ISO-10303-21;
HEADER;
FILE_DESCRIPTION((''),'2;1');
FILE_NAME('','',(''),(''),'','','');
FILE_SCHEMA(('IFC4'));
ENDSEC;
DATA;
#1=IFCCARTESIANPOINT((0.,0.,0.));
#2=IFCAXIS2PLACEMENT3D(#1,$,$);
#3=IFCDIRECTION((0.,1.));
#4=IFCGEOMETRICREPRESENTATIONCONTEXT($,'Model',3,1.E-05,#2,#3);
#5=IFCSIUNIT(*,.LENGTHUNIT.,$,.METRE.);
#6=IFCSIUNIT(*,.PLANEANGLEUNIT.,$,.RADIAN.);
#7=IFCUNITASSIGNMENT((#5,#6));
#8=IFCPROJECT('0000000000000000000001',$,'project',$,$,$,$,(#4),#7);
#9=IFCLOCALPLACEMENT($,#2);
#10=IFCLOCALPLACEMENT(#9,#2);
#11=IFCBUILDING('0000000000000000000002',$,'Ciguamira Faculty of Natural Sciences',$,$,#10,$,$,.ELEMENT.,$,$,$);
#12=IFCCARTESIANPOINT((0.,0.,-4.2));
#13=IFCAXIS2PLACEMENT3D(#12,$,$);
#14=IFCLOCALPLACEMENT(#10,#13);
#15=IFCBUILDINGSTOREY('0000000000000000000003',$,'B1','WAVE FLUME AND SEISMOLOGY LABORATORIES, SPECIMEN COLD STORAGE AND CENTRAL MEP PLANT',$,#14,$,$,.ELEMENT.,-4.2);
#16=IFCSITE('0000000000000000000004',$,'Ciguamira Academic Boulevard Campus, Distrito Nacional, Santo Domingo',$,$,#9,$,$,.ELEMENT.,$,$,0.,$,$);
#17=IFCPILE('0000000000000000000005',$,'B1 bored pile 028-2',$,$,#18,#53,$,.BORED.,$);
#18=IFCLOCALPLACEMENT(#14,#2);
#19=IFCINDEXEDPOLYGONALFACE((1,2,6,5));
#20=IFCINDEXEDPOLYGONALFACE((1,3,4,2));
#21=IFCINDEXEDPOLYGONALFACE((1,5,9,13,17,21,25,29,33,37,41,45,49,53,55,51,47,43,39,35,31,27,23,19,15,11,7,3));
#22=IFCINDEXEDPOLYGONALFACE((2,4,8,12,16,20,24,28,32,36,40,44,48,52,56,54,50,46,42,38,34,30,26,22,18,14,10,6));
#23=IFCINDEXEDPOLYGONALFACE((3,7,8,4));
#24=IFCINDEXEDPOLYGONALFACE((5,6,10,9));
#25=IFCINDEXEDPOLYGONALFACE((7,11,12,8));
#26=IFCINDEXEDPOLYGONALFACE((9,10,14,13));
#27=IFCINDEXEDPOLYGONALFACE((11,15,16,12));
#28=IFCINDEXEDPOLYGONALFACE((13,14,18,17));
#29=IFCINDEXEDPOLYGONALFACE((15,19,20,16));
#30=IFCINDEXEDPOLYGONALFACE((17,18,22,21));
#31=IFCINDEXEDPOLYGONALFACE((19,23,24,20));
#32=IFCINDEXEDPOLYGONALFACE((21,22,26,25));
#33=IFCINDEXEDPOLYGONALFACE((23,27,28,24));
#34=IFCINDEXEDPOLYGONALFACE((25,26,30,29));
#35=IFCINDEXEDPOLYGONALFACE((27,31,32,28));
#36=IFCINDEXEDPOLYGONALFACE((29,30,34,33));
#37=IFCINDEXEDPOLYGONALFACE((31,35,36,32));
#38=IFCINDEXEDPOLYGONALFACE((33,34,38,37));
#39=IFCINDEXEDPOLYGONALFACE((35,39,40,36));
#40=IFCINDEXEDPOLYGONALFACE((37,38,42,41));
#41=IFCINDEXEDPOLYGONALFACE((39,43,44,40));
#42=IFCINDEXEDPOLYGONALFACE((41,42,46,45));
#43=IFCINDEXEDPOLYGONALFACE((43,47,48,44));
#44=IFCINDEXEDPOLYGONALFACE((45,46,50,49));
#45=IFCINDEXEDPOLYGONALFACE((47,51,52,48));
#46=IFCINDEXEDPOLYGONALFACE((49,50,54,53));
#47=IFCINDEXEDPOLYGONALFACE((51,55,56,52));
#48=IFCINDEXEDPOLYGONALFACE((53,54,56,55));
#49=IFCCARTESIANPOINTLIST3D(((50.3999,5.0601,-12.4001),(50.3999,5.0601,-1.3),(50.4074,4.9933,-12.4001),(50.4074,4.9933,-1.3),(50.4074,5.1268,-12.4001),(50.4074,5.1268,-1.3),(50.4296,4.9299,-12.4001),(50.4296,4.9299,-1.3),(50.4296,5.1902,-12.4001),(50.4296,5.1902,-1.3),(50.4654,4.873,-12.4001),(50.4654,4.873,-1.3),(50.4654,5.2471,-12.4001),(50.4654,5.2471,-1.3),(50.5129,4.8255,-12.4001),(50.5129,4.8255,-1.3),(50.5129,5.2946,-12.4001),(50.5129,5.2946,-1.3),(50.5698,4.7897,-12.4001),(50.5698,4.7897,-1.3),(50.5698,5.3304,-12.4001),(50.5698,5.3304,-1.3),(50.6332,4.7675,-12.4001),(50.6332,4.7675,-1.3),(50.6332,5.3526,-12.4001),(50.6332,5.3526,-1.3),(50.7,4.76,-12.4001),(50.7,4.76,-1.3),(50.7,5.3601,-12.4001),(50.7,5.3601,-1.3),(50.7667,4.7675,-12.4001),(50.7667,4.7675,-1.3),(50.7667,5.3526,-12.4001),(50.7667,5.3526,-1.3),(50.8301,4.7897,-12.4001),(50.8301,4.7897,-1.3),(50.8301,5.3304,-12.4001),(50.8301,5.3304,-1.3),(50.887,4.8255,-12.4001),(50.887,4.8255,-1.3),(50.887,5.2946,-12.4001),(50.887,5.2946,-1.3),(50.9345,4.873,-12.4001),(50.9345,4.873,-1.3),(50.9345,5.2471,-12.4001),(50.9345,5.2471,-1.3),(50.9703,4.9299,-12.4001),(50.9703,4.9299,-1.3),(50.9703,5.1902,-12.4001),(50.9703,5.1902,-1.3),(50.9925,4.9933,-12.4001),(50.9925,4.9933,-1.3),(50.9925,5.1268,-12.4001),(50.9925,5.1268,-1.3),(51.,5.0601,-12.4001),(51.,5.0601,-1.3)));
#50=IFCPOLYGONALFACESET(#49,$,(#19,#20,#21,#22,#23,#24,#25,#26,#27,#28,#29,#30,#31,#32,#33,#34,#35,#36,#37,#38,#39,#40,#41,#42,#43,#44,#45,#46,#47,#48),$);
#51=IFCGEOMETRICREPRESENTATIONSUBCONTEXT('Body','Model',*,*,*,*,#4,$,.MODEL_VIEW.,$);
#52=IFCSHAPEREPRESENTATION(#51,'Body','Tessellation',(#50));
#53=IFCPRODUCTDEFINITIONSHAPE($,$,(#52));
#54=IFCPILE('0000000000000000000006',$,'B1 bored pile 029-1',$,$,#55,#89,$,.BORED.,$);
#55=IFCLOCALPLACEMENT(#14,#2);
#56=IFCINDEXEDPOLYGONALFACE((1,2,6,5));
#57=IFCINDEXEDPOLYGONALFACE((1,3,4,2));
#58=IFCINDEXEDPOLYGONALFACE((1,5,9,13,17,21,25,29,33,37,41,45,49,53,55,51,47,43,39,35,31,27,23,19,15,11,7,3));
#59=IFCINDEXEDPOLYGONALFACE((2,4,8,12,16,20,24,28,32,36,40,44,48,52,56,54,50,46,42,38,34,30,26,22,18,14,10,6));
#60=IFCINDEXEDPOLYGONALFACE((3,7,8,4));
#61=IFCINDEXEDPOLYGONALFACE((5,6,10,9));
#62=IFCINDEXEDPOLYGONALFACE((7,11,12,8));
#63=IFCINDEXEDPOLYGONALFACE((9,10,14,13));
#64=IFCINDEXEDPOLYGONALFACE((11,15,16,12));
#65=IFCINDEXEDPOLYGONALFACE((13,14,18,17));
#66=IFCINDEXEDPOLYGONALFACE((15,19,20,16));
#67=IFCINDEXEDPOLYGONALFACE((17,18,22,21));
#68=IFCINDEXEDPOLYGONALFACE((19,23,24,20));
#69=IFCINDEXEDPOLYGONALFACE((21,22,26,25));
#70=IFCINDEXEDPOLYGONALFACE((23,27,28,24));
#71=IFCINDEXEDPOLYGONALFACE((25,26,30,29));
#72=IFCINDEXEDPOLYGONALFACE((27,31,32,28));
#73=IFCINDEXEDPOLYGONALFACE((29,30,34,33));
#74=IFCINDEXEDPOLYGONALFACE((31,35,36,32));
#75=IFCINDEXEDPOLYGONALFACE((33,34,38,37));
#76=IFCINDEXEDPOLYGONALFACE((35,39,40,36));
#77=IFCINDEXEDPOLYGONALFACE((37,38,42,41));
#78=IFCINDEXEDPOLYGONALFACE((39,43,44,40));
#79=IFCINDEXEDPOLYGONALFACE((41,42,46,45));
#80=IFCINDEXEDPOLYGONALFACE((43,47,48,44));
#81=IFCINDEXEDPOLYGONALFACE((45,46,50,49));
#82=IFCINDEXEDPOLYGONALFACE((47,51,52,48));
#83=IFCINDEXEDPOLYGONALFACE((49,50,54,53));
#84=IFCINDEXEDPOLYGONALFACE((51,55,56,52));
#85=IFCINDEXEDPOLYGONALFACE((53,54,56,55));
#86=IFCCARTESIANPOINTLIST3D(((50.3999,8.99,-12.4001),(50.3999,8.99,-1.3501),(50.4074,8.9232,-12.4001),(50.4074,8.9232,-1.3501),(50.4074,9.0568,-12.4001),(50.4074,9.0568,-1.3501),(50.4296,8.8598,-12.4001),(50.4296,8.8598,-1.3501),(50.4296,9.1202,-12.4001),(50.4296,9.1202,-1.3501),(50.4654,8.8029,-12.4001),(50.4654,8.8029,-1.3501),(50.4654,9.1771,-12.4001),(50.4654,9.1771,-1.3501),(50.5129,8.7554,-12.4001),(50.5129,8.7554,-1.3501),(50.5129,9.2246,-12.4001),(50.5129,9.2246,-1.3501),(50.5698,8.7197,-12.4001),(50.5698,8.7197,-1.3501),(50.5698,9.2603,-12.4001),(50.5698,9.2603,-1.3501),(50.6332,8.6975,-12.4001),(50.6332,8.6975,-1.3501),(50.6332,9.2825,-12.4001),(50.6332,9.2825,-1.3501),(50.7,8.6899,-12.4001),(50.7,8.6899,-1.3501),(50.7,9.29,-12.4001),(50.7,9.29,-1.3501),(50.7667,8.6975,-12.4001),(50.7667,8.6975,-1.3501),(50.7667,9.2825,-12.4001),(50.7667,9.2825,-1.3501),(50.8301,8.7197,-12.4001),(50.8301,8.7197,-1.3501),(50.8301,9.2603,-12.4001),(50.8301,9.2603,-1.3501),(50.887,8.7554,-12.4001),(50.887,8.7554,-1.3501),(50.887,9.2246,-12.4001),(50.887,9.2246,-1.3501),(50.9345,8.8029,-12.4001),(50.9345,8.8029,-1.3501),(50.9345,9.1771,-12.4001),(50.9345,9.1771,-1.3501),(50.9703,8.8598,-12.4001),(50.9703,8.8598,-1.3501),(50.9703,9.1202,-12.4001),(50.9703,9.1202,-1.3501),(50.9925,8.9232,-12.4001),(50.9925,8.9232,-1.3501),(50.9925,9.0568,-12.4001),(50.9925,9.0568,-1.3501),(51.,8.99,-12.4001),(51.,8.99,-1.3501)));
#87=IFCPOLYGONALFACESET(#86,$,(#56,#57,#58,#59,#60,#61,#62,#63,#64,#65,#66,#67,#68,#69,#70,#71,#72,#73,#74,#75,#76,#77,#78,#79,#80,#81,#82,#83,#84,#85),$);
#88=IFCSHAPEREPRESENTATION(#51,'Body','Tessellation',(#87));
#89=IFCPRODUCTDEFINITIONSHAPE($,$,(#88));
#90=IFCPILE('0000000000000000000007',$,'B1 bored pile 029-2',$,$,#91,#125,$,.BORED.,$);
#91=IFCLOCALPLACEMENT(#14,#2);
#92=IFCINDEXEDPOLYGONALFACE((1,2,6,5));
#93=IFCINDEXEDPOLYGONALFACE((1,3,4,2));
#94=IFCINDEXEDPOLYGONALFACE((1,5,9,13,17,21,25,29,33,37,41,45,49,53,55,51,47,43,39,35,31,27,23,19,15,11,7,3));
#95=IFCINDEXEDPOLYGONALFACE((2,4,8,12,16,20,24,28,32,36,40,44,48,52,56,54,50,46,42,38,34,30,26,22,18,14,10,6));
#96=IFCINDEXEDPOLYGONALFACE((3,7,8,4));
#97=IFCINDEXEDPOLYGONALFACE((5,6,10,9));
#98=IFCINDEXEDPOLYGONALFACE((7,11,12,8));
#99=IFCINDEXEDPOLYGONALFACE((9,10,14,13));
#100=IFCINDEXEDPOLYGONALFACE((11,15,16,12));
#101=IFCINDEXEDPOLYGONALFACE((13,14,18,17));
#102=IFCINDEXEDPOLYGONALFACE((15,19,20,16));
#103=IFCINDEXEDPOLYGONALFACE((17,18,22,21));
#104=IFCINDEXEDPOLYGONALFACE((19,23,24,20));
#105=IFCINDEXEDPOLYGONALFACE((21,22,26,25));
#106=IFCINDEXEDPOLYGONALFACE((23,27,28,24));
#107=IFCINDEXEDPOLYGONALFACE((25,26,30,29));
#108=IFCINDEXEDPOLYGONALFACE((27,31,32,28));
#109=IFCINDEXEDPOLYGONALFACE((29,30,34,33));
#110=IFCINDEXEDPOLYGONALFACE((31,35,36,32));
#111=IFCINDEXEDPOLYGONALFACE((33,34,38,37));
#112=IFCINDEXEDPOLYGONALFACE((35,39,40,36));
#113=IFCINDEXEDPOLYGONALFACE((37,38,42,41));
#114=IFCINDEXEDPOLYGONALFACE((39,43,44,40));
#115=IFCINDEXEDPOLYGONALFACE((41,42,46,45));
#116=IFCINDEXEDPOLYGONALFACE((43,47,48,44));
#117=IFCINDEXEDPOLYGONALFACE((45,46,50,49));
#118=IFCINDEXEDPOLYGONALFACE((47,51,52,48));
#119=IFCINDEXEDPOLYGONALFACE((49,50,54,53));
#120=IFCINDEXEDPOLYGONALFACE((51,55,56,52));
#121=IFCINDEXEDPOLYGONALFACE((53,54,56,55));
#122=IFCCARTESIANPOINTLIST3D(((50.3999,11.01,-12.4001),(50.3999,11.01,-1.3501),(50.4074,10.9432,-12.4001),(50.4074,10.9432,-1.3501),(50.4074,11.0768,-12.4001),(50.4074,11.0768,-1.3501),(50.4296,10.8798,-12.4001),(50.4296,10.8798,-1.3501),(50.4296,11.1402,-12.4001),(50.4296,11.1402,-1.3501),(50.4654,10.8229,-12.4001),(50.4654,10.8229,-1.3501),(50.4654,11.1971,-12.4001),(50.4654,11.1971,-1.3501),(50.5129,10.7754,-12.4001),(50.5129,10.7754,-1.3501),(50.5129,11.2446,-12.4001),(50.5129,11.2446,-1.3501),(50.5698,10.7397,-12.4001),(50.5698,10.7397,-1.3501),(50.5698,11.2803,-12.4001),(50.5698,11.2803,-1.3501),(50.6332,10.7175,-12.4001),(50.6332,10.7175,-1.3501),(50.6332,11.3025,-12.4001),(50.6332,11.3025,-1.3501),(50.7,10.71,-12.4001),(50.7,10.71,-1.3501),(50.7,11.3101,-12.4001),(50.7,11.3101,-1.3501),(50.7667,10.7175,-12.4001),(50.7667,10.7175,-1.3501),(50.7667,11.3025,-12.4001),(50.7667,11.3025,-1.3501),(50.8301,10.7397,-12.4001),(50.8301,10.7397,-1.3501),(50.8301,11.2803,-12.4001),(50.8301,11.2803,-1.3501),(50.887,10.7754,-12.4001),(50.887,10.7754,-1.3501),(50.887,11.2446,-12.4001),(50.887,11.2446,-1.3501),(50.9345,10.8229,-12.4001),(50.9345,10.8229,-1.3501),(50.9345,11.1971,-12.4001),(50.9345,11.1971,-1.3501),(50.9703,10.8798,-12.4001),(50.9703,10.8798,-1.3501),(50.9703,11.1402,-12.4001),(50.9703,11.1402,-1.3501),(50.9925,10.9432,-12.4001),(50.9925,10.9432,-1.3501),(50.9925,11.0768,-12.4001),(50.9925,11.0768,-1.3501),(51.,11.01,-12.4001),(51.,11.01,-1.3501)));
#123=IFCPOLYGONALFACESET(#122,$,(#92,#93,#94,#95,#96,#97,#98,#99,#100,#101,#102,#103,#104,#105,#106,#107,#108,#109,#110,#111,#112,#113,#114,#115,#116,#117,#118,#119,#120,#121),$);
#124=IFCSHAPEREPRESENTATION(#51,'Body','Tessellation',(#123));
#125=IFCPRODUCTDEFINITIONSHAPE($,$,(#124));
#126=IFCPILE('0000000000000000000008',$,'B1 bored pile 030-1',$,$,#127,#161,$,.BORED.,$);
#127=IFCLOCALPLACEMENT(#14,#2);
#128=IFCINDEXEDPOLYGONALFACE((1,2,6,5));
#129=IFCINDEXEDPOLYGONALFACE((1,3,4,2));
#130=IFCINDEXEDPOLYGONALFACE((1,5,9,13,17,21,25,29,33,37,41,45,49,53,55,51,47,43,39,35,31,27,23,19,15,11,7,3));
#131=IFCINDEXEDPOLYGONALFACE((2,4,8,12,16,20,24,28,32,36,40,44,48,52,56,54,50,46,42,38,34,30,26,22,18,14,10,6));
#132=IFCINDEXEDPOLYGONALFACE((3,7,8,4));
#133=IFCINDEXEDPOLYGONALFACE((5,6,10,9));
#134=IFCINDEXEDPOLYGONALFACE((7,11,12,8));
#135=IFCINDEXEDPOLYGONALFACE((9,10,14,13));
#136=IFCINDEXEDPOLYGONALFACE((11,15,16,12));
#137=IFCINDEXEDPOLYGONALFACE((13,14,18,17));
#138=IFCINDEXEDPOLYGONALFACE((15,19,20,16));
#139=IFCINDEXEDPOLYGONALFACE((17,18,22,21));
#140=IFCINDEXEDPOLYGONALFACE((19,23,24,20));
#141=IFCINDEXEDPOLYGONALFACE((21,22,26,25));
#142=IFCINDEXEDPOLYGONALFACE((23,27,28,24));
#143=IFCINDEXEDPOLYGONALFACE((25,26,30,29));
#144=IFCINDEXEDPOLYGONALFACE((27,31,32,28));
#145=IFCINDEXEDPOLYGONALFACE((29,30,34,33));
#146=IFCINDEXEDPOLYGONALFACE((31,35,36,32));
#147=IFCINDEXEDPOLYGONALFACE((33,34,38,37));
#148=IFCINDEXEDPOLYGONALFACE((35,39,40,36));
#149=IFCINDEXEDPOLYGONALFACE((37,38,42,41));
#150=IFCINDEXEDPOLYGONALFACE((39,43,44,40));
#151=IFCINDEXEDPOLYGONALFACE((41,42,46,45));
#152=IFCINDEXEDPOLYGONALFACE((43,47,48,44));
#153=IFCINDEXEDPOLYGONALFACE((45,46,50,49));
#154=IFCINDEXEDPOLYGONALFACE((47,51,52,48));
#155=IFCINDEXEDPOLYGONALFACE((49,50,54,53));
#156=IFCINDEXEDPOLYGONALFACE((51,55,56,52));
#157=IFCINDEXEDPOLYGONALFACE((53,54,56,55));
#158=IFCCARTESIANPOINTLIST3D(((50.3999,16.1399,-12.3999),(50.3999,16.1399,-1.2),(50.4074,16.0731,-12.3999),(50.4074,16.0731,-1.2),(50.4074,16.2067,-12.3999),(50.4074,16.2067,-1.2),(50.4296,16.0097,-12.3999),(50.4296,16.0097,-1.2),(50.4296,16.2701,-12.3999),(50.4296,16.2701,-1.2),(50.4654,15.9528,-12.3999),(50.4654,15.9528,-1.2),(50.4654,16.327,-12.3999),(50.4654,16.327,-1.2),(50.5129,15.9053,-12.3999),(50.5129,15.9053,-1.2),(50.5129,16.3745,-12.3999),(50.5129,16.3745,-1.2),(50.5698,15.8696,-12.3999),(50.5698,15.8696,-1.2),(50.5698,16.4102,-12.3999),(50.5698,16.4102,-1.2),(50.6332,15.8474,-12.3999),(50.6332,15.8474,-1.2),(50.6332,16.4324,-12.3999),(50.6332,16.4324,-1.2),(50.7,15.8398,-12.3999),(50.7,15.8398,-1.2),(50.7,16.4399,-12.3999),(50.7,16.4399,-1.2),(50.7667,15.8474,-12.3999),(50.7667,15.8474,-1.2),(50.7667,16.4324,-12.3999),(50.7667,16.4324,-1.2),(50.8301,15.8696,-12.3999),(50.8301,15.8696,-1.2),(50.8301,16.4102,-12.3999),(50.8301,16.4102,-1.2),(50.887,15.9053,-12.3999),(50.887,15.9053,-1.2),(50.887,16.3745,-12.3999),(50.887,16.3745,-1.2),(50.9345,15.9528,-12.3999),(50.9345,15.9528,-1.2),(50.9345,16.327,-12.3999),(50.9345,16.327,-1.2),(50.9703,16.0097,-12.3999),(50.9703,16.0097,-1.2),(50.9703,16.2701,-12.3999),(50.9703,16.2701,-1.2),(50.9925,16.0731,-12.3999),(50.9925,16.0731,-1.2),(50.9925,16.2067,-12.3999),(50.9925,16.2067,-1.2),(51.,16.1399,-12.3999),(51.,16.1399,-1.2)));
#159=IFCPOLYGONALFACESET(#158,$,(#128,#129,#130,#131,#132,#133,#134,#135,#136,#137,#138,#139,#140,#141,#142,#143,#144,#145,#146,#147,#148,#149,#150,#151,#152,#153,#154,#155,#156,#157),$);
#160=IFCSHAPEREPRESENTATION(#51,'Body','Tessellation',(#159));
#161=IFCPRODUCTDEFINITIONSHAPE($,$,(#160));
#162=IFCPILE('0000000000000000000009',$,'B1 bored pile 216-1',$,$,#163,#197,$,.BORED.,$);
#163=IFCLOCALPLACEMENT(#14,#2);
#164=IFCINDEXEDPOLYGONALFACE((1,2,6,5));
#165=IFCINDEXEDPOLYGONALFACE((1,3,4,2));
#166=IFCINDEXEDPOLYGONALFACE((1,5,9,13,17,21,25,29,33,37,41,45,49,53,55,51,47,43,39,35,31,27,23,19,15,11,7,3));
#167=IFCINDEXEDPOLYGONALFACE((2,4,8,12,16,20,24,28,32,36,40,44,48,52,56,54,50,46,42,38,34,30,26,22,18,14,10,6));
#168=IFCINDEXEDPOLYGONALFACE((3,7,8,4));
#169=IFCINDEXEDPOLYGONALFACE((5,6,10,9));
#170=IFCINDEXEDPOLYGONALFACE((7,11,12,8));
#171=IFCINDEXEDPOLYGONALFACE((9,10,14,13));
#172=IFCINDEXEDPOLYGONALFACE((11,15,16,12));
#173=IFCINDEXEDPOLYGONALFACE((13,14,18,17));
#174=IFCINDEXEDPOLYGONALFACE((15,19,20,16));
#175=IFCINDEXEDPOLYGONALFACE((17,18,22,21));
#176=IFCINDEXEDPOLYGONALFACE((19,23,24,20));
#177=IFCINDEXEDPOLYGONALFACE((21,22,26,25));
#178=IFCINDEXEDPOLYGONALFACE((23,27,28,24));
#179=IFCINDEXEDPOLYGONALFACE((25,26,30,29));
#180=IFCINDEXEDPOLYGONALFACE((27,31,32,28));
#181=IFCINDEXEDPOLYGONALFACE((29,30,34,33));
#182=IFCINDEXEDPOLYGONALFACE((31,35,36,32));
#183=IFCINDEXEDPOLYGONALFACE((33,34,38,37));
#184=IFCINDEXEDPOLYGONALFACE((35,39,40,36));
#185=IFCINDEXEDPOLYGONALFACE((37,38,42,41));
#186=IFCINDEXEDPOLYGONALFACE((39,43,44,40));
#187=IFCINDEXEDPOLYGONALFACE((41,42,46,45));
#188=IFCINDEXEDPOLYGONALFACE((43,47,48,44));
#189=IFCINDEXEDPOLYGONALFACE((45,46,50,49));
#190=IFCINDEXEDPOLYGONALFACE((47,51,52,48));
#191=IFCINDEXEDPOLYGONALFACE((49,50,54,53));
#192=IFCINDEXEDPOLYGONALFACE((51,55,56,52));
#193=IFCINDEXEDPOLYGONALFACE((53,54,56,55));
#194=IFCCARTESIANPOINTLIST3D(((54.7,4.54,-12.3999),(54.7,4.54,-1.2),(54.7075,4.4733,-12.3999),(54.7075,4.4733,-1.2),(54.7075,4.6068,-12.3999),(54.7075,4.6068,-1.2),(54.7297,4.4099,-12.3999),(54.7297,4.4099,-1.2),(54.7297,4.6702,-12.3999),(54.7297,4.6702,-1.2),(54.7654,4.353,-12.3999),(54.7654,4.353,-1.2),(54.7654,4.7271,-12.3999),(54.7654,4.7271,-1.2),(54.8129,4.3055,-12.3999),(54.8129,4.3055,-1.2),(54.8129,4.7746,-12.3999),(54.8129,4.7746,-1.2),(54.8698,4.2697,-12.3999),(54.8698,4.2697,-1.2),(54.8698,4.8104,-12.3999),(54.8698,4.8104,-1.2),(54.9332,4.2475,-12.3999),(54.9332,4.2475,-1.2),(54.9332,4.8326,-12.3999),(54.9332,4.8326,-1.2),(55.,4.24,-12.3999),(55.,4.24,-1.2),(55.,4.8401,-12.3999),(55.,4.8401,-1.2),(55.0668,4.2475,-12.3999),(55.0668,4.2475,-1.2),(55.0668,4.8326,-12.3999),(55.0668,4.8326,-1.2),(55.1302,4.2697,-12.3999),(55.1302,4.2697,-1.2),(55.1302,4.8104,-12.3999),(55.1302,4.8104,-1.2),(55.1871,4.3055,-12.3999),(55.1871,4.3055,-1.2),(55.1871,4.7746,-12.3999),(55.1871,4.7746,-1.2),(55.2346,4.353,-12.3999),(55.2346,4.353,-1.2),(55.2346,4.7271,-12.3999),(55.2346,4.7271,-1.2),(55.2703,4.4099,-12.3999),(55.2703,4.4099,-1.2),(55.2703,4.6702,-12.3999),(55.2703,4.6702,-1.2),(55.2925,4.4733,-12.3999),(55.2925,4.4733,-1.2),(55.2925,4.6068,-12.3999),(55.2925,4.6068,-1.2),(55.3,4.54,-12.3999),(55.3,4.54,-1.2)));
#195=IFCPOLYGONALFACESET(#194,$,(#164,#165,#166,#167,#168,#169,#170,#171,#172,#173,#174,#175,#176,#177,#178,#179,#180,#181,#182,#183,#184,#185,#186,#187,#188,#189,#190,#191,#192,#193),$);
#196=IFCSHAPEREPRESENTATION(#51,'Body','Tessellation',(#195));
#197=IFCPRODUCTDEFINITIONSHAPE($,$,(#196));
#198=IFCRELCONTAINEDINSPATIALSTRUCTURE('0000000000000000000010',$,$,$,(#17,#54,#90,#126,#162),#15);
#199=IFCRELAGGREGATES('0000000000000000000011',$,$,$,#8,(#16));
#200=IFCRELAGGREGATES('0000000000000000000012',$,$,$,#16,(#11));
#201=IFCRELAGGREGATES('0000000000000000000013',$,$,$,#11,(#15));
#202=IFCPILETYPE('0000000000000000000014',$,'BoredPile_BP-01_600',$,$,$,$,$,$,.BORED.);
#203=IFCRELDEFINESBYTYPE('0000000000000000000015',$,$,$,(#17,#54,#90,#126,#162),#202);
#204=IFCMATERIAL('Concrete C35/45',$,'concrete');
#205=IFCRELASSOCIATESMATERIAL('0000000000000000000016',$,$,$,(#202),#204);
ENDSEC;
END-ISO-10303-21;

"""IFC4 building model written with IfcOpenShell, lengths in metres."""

from ifc_helpers import new_model, si_unit, direction, frame, origin, origin_2d, place, context, subcontext, project, spatial, circle, extrude, material, material_profile, profile_set, type_object, element, save


model = new_model("IFC4")

# Units and contexts
model_context = context("Model", 3, precision=1e-05, world=origin(), true_north=direction((0.0, 1.0)))
body_context = subcontext(model_context, "Body", "Model", "MODEL_VIEW")
ifc_project = project(units=[si_unit("LENGTHUNIT", "METRE"), si_unit("PLANEANGLEUNIT", "RADIAN")], contexts=[model_context])

# Site, building, storey
site_placement = place(None, origin())
site = spatial("IfcSite", under=ifc_project, at=site_placement, Name="Ciguamira Academic Boulevard Campus, Distrito Nacional, Santo Domingo", CompositionType="ELEMENT", RefElevation=0.0)
building_placement = place(site_placement, origin())
building = spatial("IfcBuilding", under=site, at=building_placement, Name="Ciguamira Faculty of Natural Sciences", CompositionType="ELEMENT")
storey_placement = place(building_placement, frame((0.0, 0.0, -4.2)))
storey = spatial("IfcBuildingStorey", under=building, at=storey_placement, Name="B1", Description="WAVE FLUME AND SEISMOLOGY LABORATORIES, SPECIMEN COLD STORAGE AND CENTRAL MEP PLANT", CompositionType="ELEMENT", Elevation=-4.2)

# Piles
ifc_material_1 = material(Name="Concrete C35/45", Category="concrete")
ifc_material_profile_1 = material_profile(ifc_material_1, circle(Radius=0.3, at=origin_2d()), Name="PILE-BORED-600")
ifc_profile_set_1 = profile_set([ifc_material_profile_1], Name="Concrete C35/45")
pile_type_1 = type_object("IfcPileType", Name="BoredPile_BP-01_600", PredefinedType="BORED", material=ifc_profile_set_1)
pile_1_placement = place(storey_placement, frame((50.7, 5.0601, -1.3), z_axis=(0.0, 0.0, -1.0), x_axis=(1.0, 0.0, 0.0)))
element("IfcPile", 1, at=pile_1_placement, inside=storey, type_object=pile_type_1, Name="B1 bored pile 028-2", PredefinedType="BORED", context=body_context, shape_type="SweptSolid", body=[
    extrude(circle(Radius=0.3, at=origin_2d()), origin(), (0.0, 0.0, 1.0), 11.1001),
])
for number, where, z_axis, x_axis, name in (
    (2, (50.7, 8.99, -1.3501), (0.0, 0.0, -1.0), (1.0, 0.0, 0.0), "B1 bored pile 029-1"),
    (3, (50.7, 11.01, -1.3501), (0.0, 0.0, -1.0), (1.0, 0.0, 0.0), "B1 bored pile 029-2"),
):
    element("IfcPile", number, at=place(storey_placement, frame(where, z_axis=z_axis, x_axis=x_axis)), inside=storey, type_object=pile_type_1, Name=name, PredefinedType="BORED", context=body_context, shape_type="SweptSolid", body=[
        extrude(circle(Radius=0.3, at=origin_2d()), origin(), (0.0, 0.0, 1.0), 11.05),
    ])
for number, where, z_axis, x_axis, name in (
    (4, (50.7, 16.1399, -1.2), (0.0, 0.0, -1.0), (1.0, 0.0, 0.0), "B1 bored pile 030-1"),
    (5, (55.0, 4.54, -1.2), (0.0, 0.0, -1.0), (1.0, 0.0, 0.0), "B1 bored pile 216-1"),
):
    element("IfcPile", number, at=place(storey_placement, frame(where, z_axis=z_axis, x_axis=x_axis)), inside=storey, type_object=pile_type_1, Name=name, PredefinedType="BORED", context=body_context, shape_type="SweptSolid", body=[
        extrude(circle(Radius=0.3, at=origin_2d()), origin(), (0.0, 0.0, 1.0), 11.2),
    ])

save(model, "model.ifc")
